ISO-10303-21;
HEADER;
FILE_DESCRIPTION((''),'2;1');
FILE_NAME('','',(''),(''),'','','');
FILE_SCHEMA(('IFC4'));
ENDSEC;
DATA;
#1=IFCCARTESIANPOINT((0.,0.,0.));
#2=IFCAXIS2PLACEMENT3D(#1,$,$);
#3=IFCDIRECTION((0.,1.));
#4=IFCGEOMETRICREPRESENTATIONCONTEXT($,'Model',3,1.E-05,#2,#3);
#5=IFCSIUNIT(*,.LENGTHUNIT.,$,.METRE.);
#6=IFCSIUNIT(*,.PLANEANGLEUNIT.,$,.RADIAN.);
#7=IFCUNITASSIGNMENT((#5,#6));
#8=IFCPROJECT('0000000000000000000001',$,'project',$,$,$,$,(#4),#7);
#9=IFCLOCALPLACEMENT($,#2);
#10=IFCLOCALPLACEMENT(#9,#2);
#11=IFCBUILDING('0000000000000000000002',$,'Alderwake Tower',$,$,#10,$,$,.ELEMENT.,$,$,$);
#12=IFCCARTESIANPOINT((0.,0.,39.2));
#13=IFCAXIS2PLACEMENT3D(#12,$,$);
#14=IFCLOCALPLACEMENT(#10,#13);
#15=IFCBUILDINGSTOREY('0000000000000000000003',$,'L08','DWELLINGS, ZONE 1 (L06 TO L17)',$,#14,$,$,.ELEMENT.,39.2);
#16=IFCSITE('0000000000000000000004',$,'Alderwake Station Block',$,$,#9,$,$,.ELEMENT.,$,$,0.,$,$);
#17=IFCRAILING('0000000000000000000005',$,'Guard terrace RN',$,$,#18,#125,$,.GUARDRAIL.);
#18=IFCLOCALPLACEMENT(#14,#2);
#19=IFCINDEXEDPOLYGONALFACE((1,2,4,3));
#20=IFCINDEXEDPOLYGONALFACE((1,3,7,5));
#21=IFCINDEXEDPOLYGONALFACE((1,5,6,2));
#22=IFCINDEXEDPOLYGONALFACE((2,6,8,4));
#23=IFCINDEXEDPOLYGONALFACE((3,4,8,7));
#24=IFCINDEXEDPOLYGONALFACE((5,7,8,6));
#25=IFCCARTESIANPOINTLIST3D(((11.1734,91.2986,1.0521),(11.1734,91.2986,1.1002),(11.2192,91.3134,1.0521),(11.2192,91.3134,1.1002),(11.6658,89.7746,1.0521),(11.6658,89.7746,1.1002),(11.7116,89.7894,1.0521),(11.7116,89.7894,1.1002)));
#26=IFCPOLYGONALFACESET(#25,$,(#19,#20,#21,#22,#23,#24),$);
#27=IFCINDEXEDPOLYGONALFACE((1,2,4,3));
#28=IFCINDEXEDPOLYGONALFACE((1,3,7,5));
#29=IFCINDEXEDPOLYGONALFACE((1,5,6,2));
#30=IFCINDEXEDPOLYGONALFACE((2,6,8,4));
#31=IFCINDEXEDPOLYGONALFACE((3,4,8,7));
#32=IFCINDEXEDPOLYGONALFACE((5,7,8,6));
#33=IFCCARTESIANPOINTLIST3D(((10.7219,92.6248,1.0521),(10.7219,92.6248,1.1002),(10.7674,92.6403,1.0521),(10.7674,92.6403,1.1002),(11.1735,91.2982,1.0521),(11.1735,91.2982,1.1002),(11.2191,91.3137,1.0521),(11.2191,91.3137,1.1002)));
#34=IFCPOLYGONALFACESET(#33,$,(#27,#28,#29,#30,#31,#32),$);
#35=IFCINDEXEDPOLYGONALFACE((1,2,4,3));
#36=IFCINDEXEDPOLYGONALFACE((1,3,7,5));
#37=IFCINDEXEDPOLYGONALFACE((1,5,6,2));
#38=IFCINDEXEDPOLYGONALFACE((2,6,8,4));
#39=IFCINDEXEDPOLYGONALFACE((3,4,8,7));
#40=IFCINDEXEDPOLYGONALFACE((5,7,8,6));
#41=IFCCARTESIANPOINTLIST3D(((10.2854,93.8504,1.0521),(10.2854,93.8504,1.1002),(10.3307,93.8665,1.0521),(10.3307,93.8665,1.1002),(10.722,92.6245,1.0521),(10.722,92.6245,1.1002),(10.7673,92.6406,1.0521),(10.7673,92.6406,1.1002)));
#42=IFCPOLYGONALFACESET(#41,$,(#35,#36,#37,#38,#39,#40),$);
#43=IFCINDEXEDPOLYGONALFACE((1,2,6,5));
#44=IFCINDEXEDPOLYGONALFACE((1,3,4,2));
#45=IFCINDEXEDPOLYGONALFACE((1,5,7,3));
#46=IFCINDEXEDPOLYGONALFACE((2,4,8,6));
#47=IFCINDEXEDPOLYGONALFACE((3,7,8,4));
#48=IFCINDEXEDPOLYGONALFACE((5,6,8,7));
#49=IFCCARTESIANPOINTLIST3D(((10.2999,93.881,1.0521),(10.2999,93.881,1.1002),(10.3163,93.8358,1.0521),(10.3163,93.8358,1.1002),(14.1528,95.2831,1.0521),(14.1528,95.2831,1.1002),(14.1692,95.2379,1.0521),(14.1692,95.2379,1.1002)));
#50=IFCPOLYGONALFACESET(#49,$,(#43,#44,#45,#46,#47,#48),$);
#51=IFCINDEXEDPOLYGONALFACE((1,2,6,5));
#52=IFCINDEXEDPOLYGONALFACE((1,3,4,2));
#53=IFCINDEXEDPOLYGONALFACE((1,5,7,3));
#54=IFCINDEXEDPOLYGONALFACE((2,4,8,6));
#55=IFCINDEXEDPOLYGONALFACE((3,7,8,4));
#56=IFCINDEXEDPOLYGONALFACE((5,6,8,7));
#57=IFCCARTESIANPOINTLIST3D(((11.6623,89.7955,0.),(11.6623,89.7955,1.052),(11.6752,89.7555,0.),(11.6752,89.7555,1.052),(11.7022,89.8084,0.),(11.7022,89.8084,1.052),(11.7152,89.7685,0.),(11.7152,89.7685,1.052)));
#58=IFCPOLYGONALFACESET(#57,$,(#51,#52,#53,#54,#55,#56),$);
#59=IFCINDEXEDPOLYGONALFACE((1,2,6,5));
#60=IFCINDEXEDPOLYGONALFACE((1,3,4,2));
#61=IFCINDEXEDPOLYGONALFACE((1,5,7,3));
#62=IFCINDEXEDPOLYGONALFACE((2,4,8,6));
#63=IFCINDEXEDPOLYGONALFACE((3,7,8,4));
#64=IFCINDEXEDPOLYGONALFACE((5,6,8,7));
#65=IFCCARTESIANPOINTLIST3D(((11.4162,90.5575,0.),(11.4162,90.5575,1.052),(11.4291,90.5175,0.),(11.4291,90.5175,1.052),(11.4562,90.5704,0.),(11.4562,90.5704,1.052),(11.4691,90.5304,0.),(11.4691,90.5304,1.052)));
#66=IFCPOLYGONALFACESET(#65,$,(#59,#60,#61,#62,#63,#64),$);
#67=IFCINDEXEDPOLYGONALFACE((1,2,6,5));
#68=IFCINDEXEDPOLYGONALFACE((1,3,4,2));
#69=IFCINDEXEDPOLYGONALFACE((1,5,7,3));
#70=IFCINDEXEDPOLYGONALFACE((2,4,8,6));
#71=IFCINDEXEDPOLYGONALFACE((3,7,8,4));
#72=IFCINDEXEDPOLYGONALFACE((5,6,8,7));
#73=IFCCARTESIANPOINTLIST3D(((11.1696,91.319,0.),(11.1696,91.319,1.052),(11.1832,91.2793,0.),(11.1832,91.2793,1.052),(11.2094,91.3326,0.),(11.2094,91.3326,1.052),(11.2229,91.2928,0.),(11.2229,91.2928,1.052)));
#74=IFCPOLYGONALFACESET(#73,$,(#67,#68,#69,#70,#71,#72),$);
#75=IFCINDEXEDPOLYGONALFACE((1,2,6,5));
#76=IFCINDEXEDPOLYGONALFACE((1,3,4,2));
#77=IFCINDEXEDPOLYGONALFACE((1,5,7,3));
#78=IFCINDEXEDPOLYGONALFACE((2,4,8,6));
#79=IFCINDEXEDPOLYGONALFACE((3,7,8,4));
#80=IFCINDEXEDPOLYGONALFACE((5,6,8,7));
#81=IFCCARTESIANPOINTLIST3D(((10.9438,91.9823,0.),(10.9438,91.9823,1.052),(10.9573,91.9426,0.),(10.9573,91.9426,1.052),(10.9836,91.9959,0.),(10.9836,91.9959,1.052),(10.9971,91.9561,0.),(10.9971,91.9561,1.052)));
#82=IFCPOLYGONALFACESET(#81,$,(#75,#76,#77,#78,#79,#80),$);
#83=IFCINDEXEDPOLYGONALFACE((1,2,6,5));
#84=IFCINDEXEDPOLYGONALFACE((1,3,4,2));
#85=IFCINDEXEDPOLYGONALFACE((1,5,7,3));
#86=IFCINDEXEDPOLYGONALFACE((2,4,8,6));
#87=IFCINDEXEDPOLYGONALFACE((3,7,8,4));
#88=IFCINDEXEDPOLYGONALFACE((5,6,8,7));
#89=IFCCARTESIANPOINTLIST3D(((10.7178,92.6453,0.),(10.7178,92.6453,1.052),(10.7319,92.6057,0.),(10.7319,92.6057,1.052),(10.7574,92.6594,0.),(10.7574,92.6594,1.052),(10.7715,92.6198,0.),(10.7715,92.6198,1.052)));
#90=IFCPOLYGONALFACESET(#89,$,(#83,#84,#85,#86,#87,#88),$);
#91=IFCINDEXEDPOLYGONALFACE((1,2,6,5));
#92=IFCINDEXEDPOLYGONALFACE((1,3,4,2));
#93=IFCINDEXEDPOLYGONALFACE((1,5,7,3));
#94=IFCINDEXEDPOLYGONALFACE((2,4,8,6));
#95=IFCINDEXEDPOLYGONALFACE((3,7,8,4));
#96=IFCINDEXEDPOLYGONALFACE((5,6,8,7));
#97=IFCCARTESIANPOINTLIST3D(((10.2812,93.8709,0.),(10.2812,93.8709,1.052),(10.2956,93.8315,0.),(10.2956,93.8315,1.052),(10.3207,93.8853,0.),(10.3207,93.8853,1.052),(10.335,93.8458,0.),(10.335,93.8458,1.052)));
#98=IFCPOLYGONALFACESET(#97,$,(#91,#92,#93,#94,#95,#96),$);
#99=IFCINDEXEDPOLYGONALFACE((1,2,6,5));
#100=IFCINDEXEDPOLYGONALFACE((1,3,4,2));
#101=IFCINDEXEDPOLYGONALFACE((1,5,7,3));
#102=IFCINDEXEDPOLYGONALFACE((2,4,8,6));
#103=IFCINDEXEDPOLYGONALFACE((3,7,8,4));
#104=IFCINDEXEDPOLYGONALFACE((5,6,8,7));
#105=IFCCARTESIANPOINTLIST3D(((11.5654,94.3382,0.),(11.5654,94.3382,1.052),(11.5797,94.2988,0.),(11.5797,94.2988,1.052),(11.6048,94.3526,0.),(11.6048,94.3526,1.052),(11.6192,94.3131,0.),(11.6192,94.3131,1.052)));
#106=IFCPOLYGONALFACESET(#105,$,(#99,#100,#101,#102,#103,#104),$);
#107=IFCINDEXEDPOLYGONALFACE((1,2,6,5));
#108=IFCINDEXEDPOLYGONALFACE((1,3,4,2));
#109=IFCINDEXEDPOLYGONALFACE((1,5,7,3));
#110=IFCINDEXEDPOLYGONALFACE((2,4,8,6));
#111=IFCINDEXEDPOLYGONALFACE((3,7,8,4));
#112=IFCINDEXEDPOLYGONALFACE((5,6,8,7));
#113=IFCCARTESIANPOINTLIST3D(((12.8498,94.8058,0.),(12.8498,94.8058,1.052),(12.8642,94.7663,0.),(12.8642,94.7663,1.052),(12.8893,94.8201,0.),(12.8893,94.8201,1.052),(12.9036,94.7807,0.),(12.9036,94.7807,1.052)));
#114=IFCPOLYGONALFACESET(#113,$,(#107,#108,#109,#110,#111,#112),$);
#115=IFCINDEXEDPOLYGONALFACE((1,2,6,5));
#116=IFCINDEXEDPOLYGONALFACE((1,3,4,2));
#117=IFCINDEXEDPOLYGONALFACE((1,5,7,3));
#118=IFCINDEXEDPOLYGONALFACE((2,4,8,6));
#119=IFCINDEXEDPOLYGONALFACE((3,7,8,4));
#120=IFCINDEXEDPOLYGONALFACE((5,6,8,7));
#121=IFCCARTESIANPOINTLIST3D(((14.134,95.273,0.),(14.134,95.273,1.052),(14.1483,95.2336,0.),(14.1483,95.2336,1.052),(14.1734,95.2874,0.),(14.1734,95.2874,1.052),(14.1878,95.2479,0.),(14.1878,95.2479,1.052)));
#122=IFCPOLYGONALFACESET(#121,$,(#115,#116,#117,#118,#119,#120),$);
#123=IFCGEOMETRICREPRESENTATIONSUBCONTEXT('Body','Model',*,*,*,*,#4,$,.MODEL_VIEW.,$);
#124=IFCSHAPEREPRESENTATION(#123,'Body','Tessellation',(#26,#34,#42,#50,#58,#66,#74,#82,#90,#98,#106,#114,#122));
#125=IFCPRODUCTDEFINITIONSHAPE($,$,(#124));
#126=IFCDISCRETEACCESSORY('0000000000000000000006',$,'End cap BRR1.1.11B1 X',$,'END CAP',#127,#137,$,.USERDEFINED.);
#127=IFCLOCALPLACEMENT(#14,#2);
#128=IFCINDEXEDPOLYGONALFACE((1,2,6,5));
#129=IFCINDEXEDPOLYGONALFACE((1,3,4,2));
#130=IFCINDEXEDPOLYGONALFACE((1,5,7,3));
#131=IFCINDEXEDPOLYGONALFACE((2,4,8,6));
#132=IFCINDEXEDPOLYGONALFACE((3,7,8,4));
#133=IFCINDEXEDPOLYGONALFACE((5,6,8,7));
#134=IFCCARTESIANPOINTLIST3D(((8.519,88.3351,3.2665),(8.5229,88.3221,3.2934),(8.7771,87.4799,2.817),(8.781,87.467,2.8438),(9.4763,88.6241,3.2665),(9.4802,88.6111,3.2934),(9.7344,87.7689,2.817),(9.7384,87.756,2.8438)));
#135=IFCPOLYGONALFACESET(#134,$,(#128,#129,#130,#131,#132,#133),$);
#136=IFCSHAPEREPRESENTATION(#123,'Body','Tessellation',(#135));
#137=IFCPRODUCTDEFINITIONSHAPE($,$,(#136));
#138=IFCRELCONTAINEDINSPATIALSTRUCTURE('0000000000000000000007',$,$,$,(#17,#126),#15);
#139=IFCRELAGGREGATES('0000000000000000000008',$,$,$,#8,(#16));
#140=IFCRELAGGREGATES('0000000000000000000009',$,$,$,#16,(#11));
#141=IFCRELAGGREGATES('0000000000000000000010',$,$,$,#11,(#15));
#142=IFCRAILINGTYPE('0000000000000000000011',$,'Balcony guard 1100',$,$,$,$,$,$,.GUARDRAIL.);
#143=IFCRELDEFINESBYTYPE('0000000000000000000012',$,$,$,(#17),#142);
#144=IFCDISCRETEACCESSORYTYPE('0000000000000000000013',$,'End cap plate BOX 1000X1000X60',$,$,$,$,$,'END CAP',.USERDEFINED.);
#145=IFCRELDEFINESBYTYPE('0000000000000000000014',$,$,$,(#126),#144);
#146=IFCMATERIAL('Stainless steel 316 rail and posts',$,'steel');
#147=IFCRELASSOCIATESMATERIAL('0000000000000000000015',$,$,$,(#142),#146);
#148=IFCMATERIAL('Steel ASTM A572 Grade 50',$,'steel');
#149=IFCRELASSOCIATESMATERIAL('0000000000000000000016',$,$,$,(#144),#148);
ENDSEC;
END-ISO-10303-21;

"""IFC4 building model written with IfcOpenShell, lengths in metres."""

from ifc_helpers import new_model, si_unit, direction, frame, origin, origin_2d, place, context, subcontext, project, spatial, rectangle, extrude, material, material_profile, profile_set, type_object, element, save


model = new_model("IFC4")

# Units and contexts
model_context = context("Model", 3, precision=1e-05, world=origin(), true_north=direction((0.0, 1.0)))
body_context = subcontext(model_context, "Body", "Model", "MODEL_VIEW")
ifc_project = project(units=[si_unit("LENGTHUNIT", "METRE"), si_unit("PLANEANGLEUNIT", "RADIAN")], contexts=[model_context])

# Site, building, storey
site_placement = place(None, origin())
site = spatial("IfcSite", under=ifc_project, at=site_placement, Name="Alderwake Station Block", CompositionType="ELEMENT", RefElevation=0.0)
building_placement = place(site_placement, origin())
building = spatial("IfcBuilding", under=site, at=building_placement, Name="Alderwake Tower", CompositionType="ELEMENT")
storey_placement = place(building_placement, frame((0.0, 0.0, 39.2)))
storey = spatial("IfcBuildingStorey", under=building, at=storey_placement, Name="L08", Description="DWELLINGS, ZONE 1 (L06 TO L17)", CompositionType="ELEMENT", Elevation=39.2)

# Railing
ifc_material_1 = material(Name="Stainless steel 316 rail and posts", Category="steel")
railing_type = type_object("IfcRailingType", Name="Balcony guard 1100", PredefinedType="GUARDRAIL", material=ifc_material_1)
railing_1_placement = place(storey_placement, frame((11.6887, 89.782, 0.0)))
element("IfcRailing", 1, at=railing_1_placement, inside=storey, type_object=railing_type, Name="Guard terrace RN", PredefinedType="GUARDRAIL", context=body_context, shape_type="SweptSolid", body=[
    extrude(rectangle(XDim=0.0481, YDim=0.0481, at=origin_2d()), frame((0.0, 0.0, 1.0762), z_axis=(-0.307479, 0.951555, 0.0), x_axis=(-0.951555, -0.307479, 0.0)), (0.0, 0.0, 1.0), 1.6016),
    extrude(rectangle(XDim=0.0481, YDim=0.0481, at=origin_2d()), frame((-0.4924, 1.5239, 1.0762), z_axis=(-0.322284, 0.946643, 0.0), x_axis=(-0.946643, -0.322284, 0.0)), (0.0, 0.0, 1.0), 1.4014),
    extrude(rectangle(XDim=0.0481, YDim=0.0481, at=origin_2d()), frame((-0.9441, 2.8506, 1.0762), z_axis=(-0.335469, 0.942051, 0.0), x_axis=(-0.942051, -0.335469, 0.0)), (0.0, 0.0, 1.0), 1.3013),
    extrude(rectangle(XDim=0.0481, YDim=0.0481, at=origin_2d()), frame((-1.3806, 4.0764, 1.0762), z_axis=(0.939708, 0.341977, 0.0), x_axis=(-0.341977, 0.939708, 0.0)), (0.0, 0.0, 1.0), 4.1001),
    extrude(rectangle(XDim=0.042, YDim=0.042, at=origin_2d()), frame((0.0, 0.0, 0.0), z_axis=(0.0, 0.0, 1.0), x_axis=(-0.307479, 0.951555, 0.0)), (0.0, 0.0, 1.0), 1.052),
    extrude(rectangle(XDim=0.042, YDim=0.042, at=origin_2d()), frame((-0.2461, 0.762, 0.0), z_axis=(0.0, 0.0, 1.0), x_axis=(-0.307479, 0.951555, 0.0)), (0.0, 0.0, 1.0), 1.052),
    extrude(rectangle(XDim=0.042, YDim=0.042, at=origin_2d()), frame((-0.4924, 1.5239, 0.0), z_axis=(0.0, 0.0, 1.0), x_axis=(-0.322284, 0.946643, 0.0)), (0.0, 0.0, 1.0), 1.052),
    extrude(rectangle(XDim=0.042, YDim=0.042, at=origin_2d()), frame((-0.7183, 2.1873, 0.0), z_axis=(0.0, 0.0, 1.0), x_axis=(-0.322284, 0.946643, 0.0)), (0.0, 0.0, 1.0), 1.052),
    extrude(rectangle(XDim=0.042, YDim=0.042, at=origin_2d()), frame((-0.9441, 2.8506, 0.0), z_axis=(0.0, 0.0, 1.0), x_axis=(-0.335469, 0.942051, 0.0)), (0.0, 0.0, 1.0), 1.052),
    extrude(rectangle(XDim=0.042, YDim=0.042, at=origin_2d()), frame((-1.3806, 4.0764, 0.0), z_axis=(0.0, 0.0, 1.0), x_axis=(0.939708, 0.341977, 0.0)), (0.0, 0.0, 1.0), 1.052),
    extrude(rectangle(XDim=0.042, YDim=0.042, at=origin_2d()), frame((-0.0964, 4.5437, 0.0), z_axis=(0.0, 0.0, 1.0), x_axis=(0.939708, 0.341977, 0.0)), (0.0, 0.0, 1.0), 1.052),
    extrude(rectangle(XDim=0.042, YDim=0.042, at=origin_2d()), frame((1.188, 5.0112, 0.0), z_axis=(0.0, 0.0, 1.0), x_axis=(0.939708, 0.341977, 0.0)), (0.0, 0.0, 1.0), 1.052),
    extrude(rectangle(XDim=0.042, YDim=0.042, at=origin_2d()), frame((2.4722, 5.4785, 0.0), z_axis=(0.0, 0.0, 1.0), x_axis=(0.939708, 0.341977, 0.0)), (0.0, 0.0, 1.0), 1.052),
])

# Discrete accessory
ifc_material_2 = material(Name="Steel ASTM A572 Grade 50", Category="steel")
ifc_material_profile_1 = material_profile(ifc_material_2, rectangle(XDim=1.0, YDim=1.0, at=origin_2d()), Name="BOX 1000X1000X60 cap")
ifc_profile_set_1 = profile_set([ifc_material_profile_1], Name="Steel ASTM A572 Grade 50")
discrete_accessory_type = type_object("IfcDiscreteAccessoryType", Name="End cap plate BOX 1000X1000X60", ElementType="END CAP", PredefinedType="USERDEFINED", material=ifc_profile_set_1)
discrete_accessory_placement = place(storey_placement, frame((9.1267, 88.052, 3.0417), z_axis=(0.129927, -0.430383, 0.893247), x_axis=(0.957328, 0.289005, 0.0)))
element("IfcDiscreteAccessory", 2, at=discrete_accessory_placement, inside=storey, type_object=discrete_accessory_type, Name="End cap BRR1.1.11B1 X", ObjectType="END CAP", PredefinedType="USERDEFINED", context=body_context, shape_type="SweptSolid", body=[
    extrude(rectangle(XDim=1.0, YDim=1.0, at=origin_2d()), origin(), (0.0, 0.0, 1.0), 0.03),
])

save(model, "model.ifc")
